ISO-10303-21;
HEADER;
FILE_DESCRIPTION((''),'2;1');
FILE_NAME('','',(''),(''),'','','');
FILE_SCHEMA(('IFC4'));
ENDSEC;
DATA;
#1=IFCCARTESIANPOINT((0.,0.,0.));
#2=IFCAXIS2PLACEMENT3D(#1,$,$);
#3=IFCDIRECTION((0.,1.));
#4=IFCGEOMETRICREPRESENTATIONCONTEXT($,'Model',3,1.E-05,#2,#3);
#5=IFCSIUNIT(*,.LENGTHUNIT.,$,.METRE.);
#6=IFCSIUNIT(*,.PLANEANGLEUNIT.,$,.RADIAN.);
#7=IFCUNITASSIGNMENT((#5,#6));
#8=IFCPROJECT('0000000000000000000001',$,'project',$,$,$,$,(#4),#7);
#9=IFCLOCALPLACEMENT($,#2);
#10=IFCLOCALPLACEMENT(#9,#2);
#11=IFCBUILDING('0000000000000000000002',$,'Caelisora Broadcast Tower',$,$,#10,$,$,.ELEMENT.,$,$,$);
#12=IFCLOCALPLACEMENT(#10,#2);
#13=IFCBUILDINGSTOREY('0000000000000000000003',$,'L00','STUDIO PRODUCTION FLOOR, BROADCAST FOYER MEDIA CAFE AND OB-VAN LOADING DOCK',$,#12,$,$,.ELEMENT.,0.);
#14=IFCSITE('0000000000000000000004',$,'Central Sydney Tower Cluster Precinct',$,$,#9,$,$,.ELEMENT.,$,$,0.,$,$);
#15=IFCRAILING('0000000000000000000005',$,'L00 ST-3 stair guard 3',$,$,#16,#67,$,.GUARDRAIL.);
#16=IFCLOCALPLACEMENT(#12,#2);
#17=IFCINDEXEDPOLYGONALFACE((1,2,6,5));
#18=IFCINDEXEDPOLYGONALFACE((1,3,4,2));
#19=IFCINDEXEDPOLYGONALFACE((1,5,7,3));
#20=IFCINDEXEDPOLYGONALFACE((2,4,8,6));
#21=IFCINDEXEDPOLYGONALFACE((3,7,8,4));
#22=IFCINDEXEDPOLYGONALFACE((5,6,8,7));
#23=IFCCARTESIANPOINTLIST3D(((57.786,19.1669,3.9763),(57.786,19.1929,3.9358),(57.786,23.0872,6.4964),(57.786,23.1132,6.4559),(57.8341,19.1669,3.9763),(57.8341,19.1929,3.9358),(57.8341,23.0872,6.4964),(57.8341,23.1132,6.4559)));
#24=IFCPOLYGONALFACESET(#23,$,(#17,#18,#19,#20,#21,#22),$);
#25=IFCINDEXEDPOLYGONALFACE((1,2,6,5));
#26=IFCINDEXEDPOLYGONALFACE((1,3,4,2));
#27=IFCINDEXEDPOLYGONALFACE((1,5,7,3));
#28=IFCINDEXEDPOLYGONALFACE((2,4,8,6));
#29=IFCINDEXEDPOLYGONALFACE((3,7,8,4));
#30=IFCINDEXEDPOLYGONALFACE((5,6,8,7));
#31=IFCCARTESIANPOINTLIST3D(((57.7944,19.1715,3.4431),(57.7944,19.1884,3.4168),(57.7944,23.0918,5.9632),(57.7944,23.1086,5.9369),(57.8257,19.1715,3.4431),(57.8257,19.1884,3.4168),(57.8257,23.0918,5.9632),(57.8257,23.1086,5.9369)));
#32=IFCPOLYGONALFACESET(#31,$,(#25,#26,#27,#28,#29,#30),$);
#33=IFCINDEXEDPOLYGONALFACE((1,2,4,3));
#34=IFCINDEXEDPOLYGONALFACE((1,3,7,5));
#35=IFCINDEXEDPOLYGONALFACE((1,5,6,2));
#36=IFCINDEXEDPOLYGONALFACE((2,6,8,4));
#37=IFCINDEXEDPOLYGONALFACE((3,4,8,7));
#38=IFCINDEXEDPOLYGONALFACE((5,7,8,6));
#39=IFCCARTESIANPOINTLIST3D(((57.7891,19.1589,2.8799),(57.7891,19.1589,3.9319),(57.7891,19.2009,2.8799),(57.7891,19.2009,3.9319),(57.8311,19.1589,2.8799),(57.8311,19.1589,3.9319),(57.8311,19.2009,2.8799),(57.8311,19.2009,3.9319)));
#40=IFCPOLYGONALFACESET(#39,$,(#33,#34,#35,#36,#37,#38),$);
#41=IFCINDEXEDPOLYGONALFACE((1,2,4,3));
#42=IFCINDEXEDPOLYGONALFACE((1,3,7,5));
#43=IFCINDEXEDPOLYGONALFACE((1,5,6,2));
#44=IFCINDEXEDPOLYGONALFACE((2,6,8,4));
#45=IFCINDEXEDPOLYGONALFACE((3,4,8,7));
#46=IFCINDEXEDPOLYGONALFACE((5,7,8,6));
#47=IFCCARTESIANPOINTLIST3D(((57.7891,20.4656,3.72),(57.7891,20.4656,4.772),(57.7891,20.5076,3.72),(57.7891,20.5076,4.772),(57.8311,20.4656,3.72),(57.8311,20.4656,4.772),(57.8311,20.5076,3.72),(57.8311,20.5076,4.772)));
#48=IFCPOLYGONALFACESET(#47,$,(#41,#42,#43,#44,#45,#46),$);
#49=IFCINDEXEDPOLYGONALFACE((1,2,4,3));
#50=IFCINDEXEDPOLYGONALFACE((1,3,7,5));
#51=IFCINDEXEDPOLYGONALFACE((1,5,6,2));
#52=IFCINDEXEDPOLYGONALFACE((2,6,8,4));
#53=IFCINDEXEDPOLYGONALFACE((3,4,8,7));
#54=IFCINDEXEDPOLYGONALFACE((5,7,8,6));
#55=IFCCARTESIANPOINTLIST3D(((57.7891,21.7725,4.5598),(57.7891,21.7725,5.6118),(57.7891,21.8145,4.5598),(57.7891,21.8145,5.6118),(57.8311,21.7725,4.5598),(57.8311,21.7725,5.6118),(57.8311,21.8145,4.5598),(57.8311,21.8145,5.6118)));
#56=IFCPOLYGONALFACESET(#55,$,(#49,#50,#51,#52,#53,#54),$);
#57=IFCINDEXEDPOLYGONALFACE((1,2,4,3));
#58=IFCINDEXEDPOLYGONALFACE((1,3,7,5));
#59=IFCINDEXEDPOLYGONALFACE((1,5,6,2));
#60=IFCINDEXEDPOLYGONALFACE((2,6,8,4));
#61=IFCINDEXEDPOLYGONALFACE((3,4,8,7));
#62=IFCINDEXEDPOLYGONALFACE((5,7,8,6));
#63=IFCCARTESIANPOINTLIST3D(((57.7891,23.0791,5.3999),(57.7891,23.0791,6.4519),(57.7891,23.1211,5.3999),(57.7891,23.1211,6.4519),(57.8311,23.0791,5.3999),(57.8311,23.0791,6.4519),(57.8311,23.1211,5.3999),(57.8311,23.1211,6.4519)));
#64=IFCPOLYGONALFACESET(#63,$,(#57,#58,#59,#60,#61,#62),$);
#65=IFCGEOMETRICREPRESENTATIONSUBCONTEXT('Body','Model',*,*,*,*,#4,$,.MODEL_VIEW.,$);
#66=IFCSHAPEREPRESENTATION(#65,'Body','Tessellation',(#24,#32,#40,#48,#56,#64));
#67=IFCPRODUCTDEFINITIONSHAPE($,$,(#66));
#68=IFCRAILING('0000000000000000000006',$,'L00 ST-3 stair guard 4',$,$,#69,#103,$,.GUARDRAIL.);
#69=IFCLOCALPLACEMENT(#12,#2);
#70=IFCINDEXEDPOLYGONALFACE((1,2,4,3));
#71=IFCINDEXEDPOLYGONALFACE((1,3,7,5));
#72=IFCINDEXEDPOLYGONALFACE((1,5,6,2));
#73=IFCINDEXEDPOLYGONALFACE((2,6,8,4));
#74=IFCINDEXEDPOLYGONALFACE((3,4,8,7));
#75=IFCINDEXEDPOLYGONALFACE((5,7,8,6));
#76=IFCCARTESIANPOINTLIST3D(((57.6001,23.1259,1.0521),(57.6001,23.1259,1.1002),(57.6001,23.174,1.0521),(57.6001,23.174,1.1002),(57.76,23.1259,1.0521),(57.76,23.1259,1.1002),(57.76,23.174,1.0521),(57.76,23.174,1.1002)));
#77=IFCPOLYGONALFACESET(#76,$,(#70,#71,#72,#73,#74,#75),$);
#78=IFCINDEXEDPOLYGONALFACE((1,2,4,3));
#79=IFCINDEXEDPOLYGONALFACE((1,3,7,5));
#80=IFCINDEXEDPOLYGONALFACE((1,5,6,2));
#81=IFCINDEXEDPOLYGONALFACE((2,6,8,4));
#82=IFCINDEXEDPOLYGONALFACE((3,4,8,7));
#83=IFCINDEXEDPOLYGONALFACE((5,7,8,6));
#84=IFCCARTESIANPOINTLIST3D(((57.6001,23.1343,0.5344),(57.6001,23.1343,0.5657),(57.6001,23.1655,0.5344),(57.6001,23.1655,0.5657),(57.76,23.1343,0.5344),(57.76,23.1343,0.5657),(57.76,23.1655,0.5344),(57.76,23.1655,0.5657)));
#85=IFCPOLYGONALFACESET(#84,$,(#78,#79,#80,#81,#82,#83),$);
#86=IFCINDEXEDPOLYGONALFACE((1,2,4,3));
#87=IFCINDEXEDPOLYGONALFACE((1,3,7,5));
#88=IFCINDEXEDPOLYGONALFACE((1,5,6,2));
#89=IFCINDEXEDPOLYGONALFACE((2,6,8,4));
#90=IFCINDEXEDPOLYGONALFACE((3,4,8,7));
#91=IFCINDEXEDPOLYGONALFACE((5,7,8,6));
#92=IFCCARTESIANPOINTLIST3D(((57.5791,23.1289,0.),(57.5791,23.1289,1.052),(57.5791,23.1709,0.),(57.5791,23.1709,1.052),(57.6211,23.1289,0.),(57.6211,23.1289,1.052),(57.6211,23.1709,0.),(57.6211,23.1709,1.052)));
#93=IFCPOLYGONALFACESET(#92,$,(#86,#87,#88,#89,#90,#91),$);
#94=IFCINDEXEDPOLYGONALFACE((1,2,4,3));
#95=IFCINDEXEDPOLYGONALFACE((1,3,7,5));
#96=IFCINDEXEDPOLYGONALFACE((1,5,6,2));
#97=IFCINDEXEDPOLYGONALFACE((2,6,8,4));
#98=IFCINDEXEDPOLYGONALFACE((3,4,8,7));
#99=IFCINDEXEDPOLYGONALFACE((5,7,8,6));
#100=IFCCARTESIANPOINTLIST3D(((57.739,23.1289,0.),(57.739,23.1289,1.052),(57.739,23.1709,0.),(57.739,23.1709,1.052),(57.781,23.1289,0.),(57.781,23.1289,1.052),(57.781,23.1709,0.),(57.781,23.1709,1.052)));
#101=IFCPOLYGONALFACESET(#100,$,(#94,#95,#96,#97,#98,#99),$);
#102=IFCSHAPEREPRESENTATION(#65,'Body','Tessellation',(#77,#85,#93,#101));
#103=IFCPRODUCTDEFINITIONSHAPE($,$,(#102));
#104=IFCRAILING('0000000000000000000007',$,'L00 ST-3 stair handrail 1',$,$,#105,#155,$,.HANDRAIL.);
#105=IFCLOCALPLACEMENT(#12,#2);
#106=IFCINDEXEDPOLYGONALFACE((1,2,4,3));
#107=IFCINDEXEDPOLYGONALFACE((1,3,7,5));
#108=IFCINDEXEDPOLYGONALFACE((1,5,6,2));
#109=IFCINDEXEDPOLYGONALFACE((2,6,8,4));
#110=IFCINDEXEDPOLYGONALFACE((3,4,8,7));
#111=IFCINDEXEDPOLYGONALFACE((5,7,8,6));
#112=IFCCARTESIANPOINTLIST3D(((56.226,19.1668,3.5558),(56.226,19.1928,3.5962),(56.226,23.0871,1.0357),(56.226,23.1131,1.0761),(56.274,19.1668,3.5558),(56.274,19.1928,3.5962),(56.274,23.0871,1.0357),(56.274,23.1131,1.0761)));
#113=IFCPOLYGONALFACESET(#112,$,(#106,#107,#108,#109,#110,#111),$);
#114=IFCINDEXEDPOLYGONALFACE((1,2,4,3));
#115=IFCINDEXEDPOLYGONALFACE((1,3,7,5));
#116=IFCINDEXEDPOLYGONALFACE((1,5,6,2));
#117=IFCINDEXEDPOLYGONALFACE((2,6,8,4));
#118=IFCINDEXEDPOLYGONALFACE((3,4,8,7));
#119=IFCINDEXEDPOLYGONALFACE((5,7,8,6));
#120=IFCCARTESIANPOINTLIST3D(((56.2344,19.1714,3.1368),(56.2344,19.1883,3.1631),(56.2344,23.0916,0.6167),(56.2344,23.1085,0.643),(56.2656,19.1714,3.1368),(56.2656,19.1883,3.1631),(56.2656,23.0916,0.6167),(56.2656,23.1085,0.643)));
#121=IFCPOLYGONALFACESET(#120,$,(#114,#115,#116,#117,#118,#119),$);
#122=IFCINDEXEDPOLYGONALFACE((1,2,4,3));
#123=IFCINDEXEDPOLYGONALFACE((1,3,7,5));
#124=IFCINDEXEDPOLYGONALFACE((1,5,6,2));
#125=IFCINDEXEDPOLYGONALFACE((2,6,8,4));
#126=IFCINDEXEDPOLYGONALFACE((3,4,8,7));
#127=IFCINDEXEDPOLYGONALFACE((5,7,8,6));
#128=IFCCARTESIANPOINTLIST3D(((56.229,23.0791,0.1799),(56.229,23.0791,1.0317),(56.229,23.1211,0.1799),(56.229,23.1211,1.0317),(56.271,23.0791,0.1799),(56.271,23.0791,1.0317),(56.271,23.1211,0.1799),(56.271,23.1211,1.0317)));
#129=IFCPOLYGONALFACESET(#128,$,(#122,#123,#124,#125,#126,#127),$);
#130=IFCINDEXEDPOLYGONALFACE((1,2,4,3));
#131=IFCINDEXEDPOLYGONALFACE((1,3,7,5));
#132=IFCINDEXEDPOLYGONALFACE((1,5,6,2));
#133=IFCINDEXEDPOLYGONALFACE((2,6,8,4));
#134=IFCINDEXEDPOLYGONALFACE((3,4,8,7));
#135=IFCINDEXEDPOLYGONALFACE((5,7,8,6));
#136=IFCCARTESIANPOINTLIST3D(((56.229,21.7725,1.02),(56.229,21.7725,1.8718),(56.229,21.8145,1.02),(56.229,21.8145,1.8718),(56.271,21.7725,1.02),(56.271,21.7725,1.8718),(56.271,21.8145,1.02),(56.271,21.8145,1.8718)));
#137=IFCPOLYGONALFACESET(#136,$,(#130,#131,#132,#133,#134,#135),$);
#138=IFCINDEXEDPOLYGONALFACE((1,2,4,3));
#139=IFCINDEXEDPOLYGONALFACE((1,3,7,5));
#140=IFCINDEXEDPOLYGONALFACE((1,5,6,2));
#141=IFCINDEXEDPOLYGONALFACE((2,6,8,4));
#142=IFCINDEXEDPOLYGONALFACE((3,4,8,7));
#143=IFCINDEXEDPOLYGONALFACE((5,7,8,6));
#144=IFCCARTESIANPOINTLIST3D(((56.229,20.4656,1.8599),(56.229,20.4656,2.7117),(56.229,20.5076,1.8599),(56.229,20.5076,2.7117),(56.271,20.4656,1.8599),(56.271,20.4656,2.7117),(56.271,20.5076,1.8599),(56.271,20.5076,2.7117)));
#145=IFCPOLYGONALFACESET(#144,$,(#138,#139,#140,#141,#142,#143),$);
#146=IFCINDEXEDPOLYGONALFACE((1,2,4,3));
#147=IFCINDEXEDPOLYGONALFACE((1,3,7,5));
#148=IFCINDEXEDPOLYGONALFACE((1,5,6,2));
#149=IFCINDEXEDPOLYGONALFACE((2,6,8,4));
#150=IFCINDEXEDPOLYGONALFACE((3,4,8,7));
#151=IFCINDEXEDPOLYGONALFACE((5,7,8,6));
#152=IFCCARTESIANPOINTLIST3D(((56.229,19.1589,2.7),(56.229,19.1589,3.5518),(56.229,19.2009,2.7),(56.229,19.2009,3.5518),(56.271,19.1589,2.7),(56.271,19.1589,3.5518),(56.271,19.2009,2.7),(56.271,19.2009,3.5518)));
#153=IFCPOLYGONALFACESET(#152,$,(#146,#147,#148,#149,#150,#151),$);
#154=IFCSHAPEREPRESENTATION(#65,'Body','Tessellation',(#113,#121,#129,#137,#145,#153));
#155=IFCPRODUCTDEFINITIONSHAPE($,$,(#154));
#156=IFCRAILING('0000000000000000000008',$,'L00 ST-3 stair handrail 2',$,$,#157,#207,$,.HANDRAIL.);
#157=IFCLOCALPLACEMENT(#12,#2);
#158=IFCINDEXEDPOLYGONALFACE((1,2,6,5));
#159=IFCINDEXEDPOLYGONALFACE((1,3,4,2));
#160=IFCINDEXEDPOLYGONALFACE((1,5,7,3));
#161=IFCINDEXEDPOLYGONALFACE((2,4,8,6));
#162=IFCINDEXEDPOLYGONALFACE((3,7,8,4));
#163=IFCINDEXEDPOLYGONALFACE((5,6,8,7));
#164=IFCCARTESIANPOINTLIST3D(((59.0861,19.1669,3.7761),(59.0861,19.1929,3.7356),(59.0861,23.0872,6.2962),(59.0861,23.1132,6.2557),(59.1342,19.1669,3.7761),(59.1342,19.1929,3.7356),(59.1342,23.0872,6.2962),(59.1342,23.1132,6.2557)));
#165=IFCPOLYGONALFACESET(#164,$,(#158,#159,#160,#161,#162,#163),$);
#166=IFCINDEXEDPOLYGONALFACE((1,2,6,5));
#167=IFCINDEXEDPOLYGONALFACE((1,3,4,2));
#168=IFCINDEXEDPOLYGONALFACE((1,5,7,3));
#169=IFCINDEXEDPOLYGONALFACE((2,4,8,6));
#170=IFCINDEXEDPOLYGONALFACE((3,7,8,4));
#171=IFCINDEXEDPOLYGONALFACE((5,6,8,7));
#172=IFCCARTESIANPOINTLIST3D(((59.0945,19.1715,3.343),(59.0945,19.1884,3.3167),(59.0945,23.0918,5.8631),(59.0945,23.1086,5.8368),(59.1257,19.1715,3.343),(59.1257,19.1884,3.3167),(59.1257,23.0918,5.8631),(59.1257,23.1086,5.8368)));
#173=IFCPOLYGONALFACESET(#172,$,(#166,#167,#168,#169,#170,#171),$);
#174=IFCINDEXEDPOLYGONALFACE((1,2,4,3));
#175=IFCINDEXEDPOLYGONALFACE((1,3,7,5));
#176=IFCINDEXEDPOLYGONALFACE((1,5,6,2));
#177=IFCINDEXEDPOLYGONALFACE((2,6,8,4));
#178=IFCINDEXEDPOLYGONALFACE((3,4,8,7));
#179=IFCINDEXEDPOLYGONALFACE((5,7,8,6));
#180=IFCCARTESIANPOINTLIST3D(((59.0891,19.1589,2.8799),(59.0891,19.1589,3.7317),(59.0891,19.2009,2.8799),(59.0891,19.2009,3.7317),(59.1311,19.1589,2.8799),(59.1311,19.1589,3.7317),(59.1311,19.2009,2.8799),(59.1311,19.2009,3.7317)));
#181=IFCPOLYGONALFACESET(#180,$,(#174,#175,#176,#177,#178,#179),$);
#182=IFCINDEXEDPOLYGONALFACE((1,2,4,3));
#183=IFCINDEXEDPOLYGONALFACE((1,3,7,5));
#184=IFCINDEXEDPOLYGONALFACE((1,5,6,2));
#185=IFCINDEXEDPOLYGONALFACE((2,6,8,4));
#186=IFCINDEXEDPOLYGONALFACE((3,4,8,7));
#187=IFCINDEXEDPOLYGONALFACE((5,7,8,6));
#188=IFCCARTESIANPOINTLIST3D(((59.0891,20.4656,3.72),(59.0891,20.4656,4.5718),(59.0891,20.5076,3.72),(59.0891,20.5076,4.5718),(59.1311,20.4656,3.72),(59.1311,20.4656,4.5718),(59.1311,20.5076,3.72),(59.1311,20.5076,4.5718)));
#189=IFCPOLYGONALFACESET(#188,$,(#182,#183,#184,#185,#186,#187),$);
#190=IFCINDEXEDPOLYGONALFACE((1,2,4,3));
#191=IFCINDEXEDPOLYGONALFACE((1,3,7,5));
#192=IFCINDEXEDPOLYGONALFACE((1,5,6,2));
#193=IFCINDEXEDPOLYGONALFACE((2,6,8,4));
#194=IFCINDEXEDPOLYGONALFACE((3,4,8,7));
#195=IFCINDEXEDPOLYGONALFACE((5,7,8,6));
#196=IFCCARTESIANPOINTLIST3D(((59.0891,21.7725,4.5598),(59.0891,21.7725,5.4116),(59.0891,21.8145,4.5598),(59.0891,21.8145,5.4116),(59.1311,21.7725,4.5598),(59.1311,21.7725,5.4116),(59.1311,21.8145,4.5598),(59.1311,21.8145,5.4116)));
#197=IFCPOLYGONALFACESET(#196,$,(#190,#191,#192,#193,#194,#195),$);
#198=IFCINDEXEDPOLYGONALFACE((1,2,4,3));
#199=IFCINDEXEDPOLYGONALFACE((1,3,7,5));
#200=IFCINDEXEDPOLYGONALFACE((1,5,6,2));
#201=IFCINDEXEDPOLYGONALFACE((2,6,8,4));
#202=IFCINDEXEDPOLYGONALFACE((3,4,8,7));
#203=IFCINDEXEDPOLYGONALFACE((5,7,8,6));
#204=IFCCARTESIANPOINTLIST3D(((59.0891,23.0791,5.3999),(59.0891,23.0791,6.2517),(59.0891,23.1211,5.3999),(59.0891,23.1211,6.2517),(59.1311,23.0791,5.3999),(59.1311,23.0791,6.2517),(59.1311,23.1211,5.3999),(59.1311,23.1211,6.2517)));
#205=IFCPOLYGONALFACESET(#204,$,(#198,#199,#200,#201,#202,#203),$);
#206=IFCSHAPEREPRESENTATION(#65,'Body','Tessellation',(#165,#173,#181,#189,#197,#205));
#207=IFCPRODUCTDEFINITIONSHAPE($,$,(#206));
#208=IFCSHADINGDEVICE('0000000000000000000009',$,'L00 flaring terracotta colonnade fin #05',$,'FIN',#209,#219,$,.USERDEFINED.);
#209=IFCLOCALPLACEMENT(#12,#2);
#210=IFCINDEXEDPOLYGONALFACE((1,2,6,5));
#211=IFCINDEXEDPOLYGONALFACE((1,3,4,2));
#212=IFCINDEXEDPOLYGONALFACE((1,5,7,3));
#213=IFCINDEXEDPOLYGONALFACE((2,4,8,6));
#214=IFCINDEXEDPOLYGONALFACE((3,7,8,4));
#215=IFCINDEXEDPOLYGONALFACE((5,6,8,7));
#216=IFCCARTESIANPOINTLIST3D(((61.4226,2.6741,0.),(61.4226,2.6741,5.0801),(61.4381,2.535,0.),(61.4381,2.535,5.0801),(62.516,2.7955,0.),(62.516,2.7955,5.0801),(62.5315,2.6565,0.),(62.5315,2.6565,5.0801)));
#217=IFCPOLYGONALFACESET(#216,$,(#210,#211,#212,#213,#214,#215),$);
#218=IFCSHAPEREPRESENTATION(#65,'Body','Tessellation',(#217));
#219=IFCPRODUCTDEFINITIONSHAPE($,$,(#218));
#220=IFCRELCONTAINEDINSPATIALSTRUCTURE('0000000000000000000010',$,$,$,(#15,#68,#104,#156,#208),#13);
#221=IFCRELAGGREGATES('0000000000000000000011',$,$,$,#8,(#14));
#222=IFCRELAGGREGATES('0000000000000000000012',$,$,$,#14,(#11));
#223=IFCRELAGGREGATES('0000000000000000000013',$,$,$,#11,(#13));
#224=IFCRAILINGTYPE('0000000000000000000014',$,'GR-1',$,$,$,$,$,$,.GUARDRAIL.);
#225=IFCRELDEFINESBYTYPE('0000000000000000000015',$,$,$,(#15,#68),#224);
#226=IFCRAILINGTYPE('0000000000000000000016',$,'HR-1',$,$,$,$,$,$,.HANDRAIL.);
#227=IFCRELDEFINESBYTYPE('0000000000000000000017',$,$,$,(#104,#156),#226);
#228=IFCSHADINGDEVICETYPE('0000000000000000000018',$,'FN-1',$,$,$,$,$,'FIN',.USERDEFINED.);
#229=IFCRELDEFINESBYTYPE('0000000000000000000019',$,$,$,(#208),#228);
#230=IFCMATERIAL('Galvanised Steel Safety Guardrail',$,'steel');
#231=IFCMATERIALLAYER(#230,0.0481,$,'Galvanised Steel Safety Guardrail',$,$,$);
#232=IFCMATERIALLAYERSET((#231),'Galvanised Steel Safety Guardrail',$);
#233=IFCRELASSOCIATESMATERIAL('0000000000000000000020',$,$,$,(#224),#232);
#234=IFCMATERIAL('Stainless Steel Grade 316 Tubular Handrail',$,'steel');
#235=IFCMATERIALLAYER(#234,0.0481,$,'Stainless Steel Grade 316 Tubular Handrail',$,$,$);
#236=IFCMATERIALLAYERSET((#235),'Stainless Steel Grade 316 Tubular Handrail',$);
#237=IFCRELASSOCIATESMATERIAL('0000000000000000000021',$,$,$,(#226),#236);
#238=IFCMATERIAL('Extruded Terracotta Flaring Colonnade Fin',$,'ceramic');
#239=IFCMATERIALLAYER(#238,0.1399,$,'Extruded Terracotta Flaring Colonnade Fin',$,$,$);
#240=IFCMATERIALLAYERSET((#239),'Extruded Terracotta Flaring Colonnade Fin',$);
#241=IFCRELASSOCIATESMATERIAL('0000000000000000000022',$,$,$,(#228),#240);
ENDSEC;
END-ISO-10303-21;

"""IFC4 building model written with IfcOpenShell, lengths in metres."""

from ifc_helpers import new_model, si_unit, direction, frame, origin, origin_2d, place, context, subcontext, project, spatial, rectangle, extrude, source, transform, mapped, material, layer, layer_set, type_object, type_shapes, element, save


model = new_model("IFC4")

# Units and contexts
model_context = context("Model", 3, precision=1e-05, world=origin(), true_north=direction((0.0, 1.0)))
body_context = subcontext(model_context, "Body", "Model", "MODEL_VIEW")
ifc_project = project(units=[si_unit("LENGTHUNIT", "METRE"), si_unit("PLANEANGLEUNIT", "RADIAN")], contexts=[model_context])

# Site, building, storey
site_placement = place(None, origin())
site = spatial("IfcSite", under=ifc_project, at=site_placement, Name="Central Sydney Tower Cluster Precinct", CompositionType="ELEMENT", RefElevation=0.0)
building_placement = place(site_placement, origin())
building = spatial("IfcBuilding", under=site, at=building_placement, Name="Caelisora Broadcast Tower", CompositionType="ELEMENT")
storey_placement = place(building_placement, origin())
storey = spatial("IfcBuildingStorey", under=building, at=storey_placement, Name="L00", Description="STUDIO PRODUCTION FLOOR, BROADCAST FOYER MEDIA CAFE AND OB-VAN LOADING DOCK", CompositionType="ELEMENT", Elevation=0.0)

# Railings
ifc_material_1 = material(Name="Galvanised Steel Safety Guardrail", Category="steel")
ifc_layer_1 = layer(ifc_material_1, 0.0481, Name="Galvanised Steel Safety Guardrail")
ifc_layer_set_1 = layer_set([ifc_layer_1], Name="Galvanised Steel Safety Guardrail")
railing_type_1 = type_object("IfcRailingType", Name="GR-1", PredefinedType="GUARDRAIL", material=ifc_layer_set_1)
railing_1_placement = place(storey_placement, frame((57.8101, 19.1799, 2.8799)))
element("IfcRailing", 1, at=railing_1_placement, inside=storey, type_object=railing_type_1, Name="L00 ST-3 stair guard 3", PredefinedType="GUARDRAIL", context=body_context, shape_type="SweptSolid", body=[
    extrude(rectangle(XDim=0.0481, YDim=0.0481, at=origin_2d()), frame((0.0, 0.0, 1.0762), z_axis=(0.0, 0.841187, 0.540744), x_axis=(-1.0, 0.0, 0.0)), (0.0, 0.0, 1.0), 4.6604),
    extrude(rectangle(XDim=0.0312, YDim=0.0312, at=origin_2d()), frame((0.0, 0.0, 0.55), z_axis=(0.0, 0.841187, 0.540744), x_axis=(-1.0, 0.0, 0.0)), (0.0, 0.0, 1.0), 4.6604),
    extrude(rectangle(XDim=0.042, YDim=0.042, at=origin_2d()), origin(), (0.0, 0.0, 1.0), 1.052),
    extrude(rectangle(XDim=0.042, YDim=0.042, at=origin_2d()), frame((0.0, 1.3066, 0.8401)), (0.0, 0.0, 1.0), 1.052),
    extrude(rectangle(XDim=0.042, YDim=0.042, at=origin_2d()), frame((0.0, 2.6135, 1.6799)), (0.0, 0.0, 1.0), 1.052),
    extrude(rectangle(XDim=0.042, YDim=0.042, at=origin_2d()), frame((0.0, 3.9202, 2.52)), (0.0, 0.0, 1.0), 1.052),
])
railing_2_placement = place(storey_placement, frame((57.6001, 23.1499, 0.0)))
element("IfcRailing", 2, at=railing_2_placement, inside=storey, type_object=railing_type_1, Name="L00 ST-3 stair guard 4", PredefinedType="GUARDRAIL", context=body_context, shape_type="SweptSolid", body=[
    extrude(rectangle(XDim=0.0481, YDim=0.0481, at=origin_2d()), frame((0.0, 0.0, 1.0762), z_axis=(1.0, 0.0, 0.0), x_axis=(0.0, 1.0, 0.0)), (0.0, 0.0, 1.0), 0.1599),
    extrude(rectangle(XDim=0.0312, YDim=0.0312, at=origin_2d()), frame((0.0, 0.0, 0.55), z_axis=(1.0, 0.0, 0.0), x_axis=(0.0, 1.0, 0.0)), (0.0, 0.0, 1.0), 0.1599),
    extrude(rectangle(XDim=0.042, YDim=0.042, at=origin_2d()), origin(), (0.0, 0.0, 1.0), 1.052),
    extrude(rectangle(XDim=0.042, YDim=0.042, at=origin_2d()), frame((0.1599, 0.0, 0.0)), (0.0, 0.0, 1.0), 1.052),
])
ifc_material_2 = material(Name="Stainless Steel Grade 316 Tubular Handrail", Category="steel")
ifc_layer_2 = layer(ifc_material_2, 0.0481, Name="Stainless Steel Grade 316 Tubular Handrail")
ifc_layer_set_2 = layer_set([ifc_layer_2], Name="Stainless Steel Grade 316 Tubular Handrail")
railing_type_2 = type_object("IfcRailingType", Name="HR-1", PredefinedType="HANDRAIL", material=ifc_layer_set_2)
railing_3_placement = place(storey_placement, frame((56.25, 23.1001, 0.1799)))
element("IfcRailing", 3, at=railing_3_placement, inside=storey, type_object=railing_type_2, Name="L00 ST-3 stair handrail 1", PredefinedType="HANDRAIL", context=body_context, shape_type="SweptSolid", body=[
    extrude(rectangle(XDim=0.0481, YDim=0.0481, at=origin_2d()), frame((0.0, 0.0, 0.876), z_axis=(0.0, -0.841187, 0.540744), x_axis=(1.0, 0.0, 0.0)), (0.0, 0.0, 1.0), 4.6604),
    extrude(rectangle(XDim=0.0312, YDim=0.0312, at=origin_2d()), frame((0.0, 0.0, 0.45), z_axis=(0.0, -0.841187, 0.540744), x_axis=(1.0, 0.0, 0.0)), (0.0, 0.0, 1.0), 4.6604),
    extrude(rectangle(XDim=0.042, YDim=0.042, at=origin_2d()), origin(), (0.0, 0.0, 1.0), 0.8518),
    extrude(rectangle(XDim=0.042, YDim=0.042, at=origin_2d()), frame((0.0, -1.3066, 0.8401)), (0.0, 0.0, 1.0), 0.8518),
    extrude(rectangle(XDim=0.042, YDim=0.042, at=origin_2d()), frame((0.0, -2.6135, 1.6799)), (0.0, 0.0, 1.0), 0.8518),
    extrude(rectangle(XDim=0.042, YDim=0.042, at=origin_2d()), frame((0.0, -3.9202, 2.52)), (0.0, 0.0, 1.0), 0.8518),
])
railing_4_placement = place(storey_placement, frame((59.1101, 19.1799, 2.8799)))
element("IfcRailing", 4, at=railing_4_placement, inside=storey, type_object=railing_type_2, Name="L00 ST-3 stair handrail 2", PredefinedType="HANDRAIL", context=body_context, shape_type="SweptSolid", body=[
    extrude(rectangle(XDim=0.0481, YDim=0.0481, at=origin_2d()), frame((0.0, 0.0, 0.876), z_axis=(0.0, 0.841187, 0.540744), x_axis=(-1.0, 0.0, 0.0)), (0.0, 0.0, 1.0), 4.6604),
    extrude(rectangle(XDim=0.0312, YDim=0.0312, at=origin_2d()), frame((0.0, 0.0, 0.45), z_axis=(0.0, 0.841187, 0.540744), x_axis=(-1.0, 0.0, 0.0)), (0.0, 0.0, 1.0), 4.6604),
    extrude(rectangle(XDim=0.042, YDim=0.042, at=origin_2d()), origin(), (0.0, 0.0, 1.0), 0.8518),
    extrude(rectangle(XDim=0.042, YDim=0.042, at=origin_2d()), frame((0.0, 1.3066, 0.8401)), (0.0, 0.0, 1.0), 0.8518),
    extrude(rectangle(XDim=0.042, YDim=0.042, at=origin_2d()), frame((0.0, 2.6135, 1.6799)), (0.0, 0.0, 1.0), 0.8518),
    extrude(rectangle(XDim=0.042, YDim=0.042, at=origin_2d()), frame((0.0, 3.9202, 2.52)), (0.0, 0.0, 1.0), 0.8518),
])

# Shading device
ifc_material_3 = material(Name="Extruded Terracotta Flaring Colonnade Fin", Category="ceramic")
ifc_layer_3 = layer(ifc_material_3, 0.1399, Name="Extruded Terracotta Flaring Colonnade Fin")
ifc_layer_set_3 = layer_set([ifc_layer_3], Name="Extruded Terracotta Flaring Colonnade Fin")
shading_device_type = type_object("IfcShadingDeviceType", Name="FN-1", ElementType="FIN", PredefinedType="USERDEFINED", material=ifc_layer_set_3)
shared_shape_1 = source(origin(), body_context, "Body", "SweptSolid", [
    extrude(rectangle(XDim=1.1001, YDim=0.1399, at=origin_2d()), origin(), (0.0, 0.0, 1.0), 5.0801),
])
type_shapes(shading_device_type, [shared_shape_1])
shading_device_placement = place(storey_placement, frame((61.9771, 2.6653, 0.0), z_axis=(0.0, 0.0, 1.0), x_axis=(0.993884, 0.110428, 0.0)))
element("IfcShadingDevice", 5, at=shading_device_placement, inside=storey, type_object=shading_device_type, Name="L00 flaring terracotta colonnade fin #05", ObjectType="FIN", PredefinedType="USERDEFINED", context=body_context, shape_type="MappedRepresentation", body=[
    mapped(shared_shape_1, transform((0.0, 0.0, 0.0), scale=1.0)),
])

save(model, "model.ifc")
